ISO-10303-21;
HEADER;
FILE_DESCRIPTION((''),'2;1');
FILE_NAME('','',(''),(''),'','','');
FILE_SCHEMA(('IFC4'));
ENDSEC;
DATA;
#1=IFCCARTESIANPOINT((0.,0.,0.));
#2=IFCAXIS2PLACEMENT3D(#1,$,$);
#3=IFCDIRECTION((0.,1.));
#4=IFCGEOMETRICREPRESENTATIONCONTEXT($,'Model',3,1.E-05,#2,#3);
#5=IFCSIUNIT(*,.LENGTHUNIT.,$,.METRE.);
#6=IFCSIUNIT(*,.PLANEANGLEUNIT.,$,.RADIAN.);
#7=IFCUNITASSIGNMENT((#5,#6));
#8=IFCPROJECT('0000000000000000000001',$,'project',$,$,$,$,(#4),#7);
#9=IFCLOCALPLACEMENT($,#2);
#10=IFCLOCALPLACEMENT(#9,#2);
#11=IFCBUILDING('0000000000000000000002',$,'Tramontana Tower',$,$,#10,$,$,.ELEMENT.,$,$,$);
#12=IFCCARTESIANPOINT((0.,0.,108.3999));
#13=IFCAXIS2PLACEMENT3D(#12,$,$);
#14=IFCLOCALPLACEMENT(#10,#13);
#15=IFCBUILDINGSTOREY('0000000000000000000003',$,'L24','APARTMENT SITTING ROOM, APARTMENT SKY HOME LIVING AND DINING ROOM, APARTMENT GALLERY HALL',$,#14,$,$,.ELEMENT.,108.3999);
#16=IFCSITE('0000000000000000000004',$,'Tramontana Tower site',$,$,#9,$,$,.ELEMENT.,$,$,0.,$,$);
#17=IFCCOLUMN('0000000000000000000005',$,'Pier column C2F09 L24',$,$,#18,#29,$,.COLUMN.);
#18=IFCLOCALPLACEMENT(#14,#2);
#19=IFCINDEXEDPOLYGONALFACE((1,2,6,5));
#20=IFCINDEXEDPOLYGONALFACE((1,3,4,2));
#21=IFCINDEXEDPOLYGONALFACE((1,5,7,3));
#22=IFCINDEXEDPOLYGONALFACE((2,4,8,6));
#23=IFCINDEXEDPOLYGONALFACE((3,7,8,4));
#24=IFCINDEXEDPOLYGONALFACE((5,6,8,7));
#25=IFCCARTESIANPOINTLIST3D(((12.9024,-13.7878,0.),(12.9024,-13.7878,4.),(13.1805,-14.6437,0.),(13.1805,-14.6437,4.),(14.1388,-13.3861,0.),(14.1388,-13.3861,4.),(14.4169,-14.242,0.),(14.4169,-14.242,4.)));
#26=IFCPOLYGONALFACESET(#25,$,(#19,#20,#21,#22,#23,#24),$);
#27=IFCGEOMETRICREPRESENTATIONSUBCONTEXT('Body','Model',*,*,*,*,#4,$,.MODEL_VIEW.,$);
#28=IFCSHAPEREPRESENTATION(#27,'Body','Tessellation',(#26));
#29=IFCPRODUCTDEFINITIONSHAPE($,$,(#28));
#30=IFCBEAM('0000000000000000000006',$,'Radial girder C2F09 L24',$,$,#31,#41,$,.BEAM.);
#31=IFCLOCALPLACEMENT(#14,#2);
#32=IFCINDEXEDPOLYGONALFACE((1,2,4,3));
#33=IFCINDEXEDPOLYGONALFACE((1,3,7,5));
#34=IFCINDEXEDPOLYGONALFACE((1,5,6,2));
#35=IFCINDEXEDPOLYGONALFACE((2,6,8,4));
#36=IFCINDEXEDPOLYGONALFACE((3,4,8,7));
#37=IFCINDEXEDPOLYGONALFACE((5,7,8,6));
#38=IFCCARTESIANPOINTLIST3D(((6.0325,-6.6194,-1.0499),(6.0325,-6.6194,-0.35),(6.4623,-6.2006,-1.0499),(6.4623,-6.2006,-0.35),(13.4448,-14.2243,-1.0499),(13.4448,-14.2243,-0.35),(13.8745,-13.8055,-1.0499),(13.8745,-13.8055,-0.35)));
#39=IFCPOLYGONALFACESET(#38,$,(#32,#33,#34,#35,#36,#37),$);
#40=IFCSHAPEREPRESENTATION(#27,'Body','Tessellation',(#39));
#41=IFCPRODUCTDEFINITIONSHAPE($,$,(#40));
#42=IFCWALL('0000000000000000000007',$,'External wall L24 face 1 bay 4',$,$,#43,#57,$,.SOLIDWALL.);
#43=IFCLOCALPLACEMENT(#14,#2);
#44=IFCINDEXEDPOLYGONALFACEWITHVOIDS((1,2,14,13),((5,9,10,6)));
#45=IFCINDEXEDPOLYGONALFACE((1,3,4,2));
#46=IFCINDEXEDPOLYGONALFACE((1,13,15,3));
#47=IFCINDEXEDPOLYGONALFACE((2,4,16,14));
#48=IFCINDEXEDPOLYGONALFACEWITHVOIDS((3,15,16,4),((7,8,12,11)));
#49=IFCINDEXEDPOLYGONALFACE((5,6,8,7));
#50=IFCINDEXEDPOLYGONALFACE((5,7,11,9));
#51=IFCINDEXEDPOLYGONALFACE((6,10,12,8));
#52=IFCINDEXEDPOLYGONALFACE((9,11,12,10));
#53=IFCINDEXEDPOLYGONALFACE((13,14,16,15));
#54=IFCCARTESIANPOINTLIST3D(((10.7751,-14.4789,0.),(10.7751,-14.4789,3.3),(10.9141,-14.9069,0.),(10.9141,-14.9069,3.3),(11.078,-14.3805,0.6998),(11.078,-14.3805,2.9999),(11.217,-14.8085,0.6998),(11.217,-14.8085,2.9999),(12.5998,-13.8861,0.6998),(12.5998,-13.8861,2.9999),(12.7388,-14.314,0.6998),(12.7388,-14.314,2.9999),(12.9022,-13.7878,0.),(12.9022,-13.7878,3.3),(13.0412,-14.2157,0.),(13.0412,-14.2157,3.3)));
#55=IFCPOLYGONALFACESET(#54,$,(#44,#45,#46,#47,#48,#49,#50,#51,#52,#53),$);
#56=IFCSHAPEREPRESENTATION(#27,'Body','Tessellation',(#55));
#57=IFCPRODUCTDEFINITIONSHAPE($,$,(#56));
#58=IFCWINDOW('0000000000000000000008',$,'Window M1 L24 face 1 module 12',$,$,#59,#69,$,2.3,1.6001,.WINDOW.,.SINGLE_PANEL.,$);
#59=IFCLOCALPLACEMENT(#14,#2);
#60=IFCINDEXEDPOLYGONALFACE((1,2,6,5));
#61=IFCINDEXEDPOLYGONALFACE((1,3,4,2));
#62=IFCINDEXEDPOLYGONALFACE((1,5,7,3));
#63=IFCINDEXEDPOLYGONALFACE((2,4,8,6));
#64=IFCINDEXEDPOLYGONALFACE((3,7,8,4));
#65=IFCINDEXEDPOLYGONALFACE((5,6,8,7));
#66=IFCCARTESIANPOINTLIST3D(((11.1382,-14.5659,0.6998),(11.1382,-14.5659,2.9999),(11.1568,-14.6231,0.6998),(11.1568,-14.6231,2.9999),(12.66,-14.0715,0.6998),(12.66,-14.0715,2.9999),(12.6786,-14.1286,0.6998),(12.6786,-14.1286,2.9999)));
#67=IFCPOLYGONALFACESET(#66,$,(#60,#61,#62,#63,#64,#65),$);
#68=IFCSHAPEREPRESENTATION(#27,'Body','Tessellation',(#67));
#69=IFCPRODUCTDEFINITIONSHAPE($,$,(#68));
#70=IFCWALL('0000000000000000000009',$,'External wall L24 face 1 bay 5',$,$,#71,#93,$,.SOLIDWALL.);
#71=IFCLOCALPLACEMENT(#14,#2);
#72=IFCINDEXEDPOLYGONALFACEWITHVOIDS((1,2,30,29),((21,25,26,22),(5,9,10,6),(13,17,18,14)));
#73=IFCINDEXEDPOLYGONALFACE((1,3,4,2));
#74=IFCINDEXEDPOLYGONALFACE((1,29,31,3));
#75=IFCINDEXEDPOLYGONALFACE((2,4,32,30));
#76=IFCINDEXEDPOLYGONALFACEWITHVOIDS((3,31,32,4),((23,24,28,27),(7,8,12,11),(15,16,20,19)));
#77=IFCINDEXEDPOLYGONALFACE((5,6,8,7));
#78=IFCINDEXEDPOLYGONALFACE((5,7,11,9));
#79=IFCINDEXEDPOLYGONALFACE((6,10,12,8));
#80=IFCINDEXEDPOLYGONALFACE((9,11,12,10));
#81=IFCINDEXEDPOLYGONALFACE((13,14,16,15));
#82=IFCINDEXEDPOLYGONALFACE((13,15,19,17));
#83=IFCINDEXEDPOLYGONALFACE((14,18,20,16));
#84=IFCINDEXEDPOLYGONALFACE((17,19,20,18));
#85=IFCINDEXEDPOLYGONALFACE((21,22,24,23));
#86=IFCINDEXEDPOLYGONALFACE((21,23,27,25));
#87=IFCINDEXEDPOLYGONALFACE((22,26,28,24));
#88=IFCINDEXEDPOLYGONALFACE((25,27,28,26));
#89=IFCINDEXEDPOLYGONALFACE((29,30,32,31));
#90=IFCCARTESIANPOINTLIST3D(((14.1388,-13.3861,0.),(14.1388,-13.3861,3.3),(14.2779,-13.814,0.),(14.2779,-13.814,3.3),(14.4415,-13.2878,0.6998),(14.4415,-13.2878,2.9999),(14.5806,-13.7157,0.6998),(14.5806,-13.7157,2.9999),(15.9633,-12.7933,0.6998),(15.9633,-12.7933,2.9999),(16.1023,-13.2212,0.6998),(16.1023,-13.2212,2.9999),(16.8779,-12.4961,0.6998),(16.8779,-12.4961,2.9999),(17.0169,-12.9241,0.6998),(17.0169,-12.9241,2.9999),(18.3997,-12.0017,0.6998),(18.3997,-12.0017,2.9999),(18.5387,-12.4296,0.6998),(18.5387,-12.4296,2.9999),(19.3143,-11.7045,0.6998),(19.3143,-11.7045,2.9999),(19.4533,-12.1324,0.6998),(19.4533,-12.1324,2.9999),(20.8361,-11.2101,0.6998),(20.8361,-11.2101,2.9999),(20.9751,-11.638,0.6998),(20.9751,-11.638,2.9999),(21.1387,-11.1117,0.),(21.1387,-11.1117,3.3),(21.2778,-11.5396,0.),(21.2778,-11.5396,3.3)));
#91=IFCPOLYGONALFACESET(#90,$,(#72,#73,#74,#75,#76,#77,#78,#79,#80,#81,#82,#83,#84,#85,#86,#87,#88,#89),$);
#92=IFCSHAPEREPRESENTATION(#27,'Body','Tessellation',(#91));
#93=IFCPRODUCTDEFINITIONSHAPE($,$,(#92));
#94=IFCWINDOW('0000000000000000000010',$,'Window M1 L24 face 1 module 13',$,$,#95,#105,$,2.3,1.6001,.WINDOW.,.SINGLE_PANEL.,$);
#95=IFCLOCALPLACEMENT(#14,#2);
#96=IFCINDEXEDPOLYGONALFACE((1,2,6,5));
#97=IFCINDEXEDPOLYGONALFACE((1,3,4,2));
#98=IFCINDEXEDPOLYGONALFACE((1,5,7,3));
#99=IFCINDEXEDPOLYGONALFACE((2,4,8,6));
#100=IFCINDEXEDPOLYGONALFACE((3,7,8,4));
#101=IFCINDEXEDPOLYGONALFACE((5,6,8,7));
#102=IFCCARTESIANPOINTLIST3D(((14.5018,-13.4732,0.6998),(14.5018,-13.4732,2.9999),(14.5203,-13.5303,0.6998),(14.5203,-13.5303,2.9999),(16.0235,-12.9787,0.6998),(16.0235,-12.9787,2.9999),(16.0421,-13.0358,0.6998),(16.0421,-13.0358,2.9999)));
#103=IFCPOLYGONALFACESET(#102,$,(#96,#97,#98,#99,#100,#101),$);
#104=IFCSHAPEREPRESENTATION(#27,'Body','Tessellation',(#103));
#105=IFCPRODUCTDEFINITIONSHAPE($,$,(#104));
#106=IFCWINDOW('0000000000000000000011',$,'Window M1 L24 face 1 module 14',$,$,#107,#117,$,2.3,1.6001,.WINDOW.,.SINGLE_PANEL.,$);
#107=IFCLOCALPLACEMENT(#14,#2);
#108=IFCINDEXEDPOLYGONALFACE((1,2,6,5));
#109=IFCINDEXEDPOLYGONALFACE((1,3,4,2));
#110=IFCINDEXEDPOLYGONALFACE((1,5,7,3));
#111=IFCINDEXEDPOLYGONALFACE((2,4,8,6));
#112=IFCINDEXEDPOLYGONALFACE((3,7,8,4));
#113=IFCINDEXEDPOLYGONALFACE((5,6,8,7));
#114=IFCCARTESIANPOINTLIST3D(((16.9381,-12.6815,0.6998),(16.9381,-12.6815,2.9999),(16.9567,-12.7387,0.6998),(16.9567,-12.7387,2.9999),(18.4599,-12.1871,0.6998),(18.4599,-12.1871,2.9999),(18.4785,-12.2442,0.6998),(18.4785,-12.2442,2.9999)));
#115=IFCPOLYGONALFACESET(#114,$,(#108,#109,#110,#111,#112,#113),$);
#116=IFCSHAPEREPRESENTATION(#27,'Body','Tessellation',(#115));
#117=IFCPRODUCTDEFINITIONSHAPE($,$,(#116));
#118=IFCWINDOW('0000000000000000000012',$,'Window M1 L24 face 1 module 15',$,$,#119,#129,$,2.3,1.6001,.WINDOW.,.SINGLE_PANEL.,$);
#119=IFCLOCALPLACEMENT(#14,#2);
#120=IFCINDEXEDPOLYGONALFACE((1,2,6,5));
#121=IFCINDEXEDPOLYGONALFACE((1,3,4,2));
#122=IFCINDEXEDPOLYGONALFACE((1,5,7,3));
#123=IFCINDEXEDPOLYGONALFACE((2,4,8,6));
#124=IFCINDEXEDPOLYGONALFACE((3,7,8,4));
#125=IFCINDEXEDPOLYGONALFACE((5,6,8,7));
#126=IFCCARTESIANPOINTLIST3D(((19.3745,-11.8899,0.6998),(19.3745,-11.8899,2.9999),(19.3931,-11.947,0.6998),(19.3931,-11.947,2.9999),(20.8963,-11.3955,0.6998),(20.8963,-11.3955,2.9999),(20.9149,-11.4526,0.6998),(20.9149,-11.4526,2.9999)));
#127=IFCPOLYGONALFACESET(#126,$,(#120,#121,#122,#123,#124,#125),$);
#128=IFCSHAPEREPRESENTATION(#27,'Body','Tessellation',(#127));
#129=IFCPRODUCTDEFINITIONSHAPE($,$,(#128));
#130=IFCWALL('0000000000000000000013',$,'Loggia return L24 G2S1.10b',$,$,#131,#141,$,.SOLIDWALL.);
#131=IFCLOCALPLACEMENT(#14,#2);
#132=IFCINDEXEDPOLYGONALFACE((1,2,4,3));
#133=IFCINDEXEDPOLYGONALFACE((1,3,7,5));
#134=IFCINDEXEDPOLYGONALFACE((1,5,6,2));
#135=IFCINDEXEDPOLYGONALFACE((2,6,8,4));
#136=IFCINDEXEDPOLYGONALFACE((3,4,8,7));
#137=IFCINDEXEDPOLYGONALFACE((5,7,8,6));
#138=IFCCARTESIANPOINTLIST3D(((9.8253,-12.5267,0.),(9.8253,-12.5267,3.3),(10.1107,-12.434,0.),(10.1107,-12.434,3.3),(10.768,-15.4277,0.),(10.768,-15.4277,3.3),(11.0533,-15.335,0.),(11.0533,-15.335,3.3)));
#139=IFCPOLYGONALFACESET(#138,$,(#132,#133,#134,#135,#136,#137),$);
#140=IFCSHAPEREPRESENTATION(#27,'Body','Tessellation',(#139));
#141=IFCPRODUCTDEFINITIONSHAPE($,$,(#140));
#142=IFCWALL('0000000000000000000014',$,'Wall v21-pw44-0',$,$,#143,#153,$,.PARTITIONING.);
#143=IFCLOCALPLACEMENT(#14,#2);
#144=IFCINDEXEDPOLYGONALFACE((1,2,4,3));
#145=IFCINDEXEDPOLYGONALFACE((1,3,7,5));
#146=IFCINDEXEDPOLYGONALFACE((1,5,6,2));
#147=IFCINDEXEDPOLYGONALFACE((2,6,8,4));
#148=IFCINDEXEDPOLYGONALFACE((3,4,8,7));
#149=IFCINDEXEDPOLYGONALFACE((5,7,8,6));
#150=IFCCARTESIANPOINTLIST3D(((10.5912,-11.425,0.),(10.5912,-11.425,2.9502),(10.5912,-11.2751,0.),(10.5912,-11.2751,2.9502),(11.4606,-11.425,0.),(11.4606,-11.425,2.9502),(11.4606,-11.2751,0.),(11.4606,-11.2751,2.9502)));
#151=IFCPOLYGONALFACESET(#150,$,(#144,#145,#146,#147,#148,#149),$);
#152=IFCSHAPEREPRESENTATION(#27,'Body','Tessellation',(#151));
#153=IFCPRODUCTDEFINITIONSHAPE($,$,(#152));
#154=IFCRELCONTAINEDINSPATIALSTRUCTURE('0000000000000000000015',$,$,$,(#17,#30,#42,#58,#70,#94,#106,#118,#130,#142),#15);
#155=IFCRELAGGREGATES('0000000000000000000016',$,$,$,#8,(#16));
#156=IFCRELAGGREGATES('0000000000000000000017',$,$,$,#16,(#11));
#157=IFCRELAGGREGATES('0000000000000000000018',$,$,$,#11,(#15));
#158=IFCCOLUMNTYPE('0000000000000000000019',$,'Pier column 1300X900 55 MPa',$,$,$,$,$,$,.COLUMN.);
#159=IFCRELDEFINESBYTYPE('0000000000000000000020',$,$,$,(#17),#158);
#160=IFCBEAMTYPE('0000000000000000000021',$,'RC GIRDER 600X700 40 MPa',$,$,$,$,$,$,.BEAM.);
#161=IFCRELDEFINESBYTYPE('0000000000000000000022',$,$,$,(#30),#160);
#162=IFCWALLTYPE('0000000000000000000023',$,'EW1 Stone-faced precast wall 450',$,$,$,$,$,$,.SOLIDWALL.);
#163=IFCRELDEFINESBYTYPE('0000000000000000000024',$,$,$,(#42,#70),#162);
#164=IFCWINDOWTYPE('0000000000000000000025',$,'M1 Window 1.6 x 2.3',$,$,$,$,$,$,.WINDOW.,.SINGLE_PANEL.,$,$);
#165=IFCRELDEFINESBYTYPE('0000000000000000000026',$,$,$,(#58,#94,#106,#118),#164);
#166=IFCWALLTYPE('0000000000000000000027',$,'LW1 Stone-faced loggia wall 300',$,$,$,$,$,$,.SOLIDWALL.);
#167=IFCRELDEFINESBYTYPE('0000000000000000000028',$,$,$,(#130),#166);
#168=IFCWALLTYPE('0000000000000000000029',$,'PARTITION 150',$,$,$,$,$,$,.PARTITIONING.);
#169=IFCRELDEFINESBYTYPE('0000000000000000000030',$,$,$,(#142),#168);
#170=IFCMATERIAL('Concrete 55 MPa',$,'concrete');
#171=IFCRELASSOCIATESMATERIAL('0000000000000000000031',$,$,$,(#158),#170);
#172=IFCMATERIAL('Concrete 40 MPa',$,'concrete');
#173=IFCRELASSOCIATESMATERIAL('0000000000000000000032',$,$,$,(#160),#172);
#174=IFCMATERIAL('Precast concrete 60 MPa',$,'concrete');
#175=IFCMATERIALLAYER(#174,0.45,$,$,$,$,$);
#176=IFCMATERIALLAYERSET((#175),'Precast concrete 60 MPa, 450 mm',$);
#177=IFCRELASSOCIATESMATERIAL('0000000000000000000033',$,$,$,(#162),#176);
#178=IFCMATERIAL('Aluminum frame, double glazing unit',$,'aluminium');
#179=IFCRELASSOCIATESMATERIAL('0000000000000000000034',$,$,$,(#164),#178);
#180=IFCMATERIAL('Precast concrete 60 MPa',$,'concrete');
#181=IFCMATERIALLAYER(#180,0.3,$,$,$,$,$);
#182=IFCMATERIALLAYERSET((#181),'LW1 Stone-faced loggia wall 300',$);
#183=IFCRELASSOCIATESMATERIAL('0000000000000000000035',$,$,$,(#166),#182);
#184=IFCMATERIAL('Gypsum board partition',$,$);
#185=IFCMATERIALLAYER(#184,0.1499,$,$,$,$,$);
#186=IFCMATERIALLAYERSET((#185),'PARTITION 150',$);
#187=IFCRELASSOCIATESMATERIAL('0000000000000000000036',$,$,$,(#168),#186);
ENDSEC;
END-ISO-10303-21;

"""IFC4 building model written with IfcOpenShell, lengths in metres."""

from ifc_helpers import new_model, si_unit, direction, frame, frame_2d, origin, origin_2d, place, context, subcontext, project, spatial, rectangle, extrude, material, layer, layer_set, material_profile, profile_set, type_object, element, fill, save


model = new_model("IFC4")

# Units and contexts
model_context = context("Model", 3, precision=1e-05, world=origin(), true_north=direction((0.0, 1.0)))
body_context = subcontext(model_context, "Body", "Model", "MODEL_VIEW")
ifc_project = project(units=[si_unit("LENGTHUNIT", "METRE"), si_unit("PLANEANGLEUNIT", "RADIAN")], contexts=[model_context])

# Site, building, storey
site_placement = place(None, origin())
site = spatial("IfcSite", under=ifc_project, at=site_placement, Name="Tramontana Tower site", CompositionType="ELEMENT", RefElevation=0.0)
building_placement = place(site_placement, origin())
building = spatial("IfcBuilding", under=site, at=building_placement, Name="Tramontana Tower", CompositionType="ELEMENT")
storey_placement = place(building_placement, frame((0.0, 0.0, 108.3999)))
storey = spatial("IfcBuildingStorey", under=building, at=storey_placement, Name="L24", Description="APARTMENT SITTING ROOM, APARTMENT SKY HOME LIVING AND DINING ROOM, APARTMENT GALLERY HALL", CompositionType="ELEMENT", Elevation=108.3999)

# Column
ifc_material_1 = material(Name="Concrete 55 MPa", Category="concrete")
ifc_material_profile_1 = material_profile(ifc_material_1, rectangle(XDim=1.3, YDim=0.8999, at=origin_2d()), Name="Pier column 1300X900 55 MPa")
ifc_profile_set_1 = profile_set([ifc_material_profile_1], Name="Concrete 55 MPa")
column_type = type_object("IfcColumnType", Name="Pier column 1300X900 55 MPa", PredefinedType="COLUMN", material=ifc_profile_set_1)
column_placement = place(storey_placement, frame((13.6597, -14.0149, 0.0), z_axis=(0.0, 0.0, 1.0), x_axis=(0.951057, 0.309017, 0.0)))
element("IfcColumn", 1, at=column_placement, inside=storey, type_object=column_type, Name="Pier column C2F09 L24", PredefinedType="COLUMN", context=body_context, shape_type="SweptSolid", body=[
    extrude(rectangle(XDim=1.3, YDim=0.8999, at=origin_2d()), origin(), (0.0, 0.0, 1.0), 4.0),
])

# Beam
ifc_material_2 = material(Name="Concrete 40 MPa", Category="concrete")
ifc_material_profile_2 = material_profile(ifc_material_2, rectangle(XDim=0.6001, YDim=0.7, at=origin_2d()), Name="RC GIRDER 600X700 40 MPa")
ifc_profile_set_2 = profile_set([ifc_material_profile_2], Name="Concrete 40 MPa")
beam_type = type_object("IfcBeamType", Name="RC GIRDER 600X700 40 MPa", PredefinedType="BEAM", material=ifc_profile_set_2)
beam_placement = place(storey_placement, frame((13.6597, -14.0149, -0.7), z_axis=(-0.697979, 0.716118, 0.0), x_axis=(-0.716118, -0.697979, 0.0)))
element("IfcBeam", 2, at=beam_placement, inside=storey, type_object=beam_type, Name="Radial girder C2F09 L24", PredefinedType="BEAM", context=body_context, shape_type="SweptSolid", body=[
    extrude(rectangle(XDim=0.6001, YDim=0.7, at=origin_2d()), origin(), (0.0, 0.0, 1.0), 10.6196),
])

# Wall, opening, window
ifc_material_3 = material(Name="Precast concrete 60 MPa", Category="concrete")
ifc_layer_1 = layer(ifc_material_3, 0.45)
ifc_layer_set_1 = layer_set([ifc_layer_1], Name="Precast concrete 60 MPa, 450 mm")
wall_type_1 = type_object("IfcWallType", Name="EW1 Stone-faced precast wall 450", PredefinedType="SOLIDWALL", material=ifc_layer_set_1)
wall_1_placement = place(storey_placement, frame((10.8447, -14.6929, 0.0), z_axis=(0.0, 0.0, 1.0), x_axis=(0.951057, 0.309014, 0.0)))
wall_1 = element("IfcWall", 3, at=wall_1_placement, inside=storey, type_object=wall_type_1, Name="External wall L24 face 1 bay 4", PredefinedType="SOLIDWALL", context=body_context, shape_type="SweptSolid", body=[
    extrude(rectangle(XDim=2.2366, YDim=0.45, at=frame_2d((1.1182, 0.0))), origin(), (0.0, 0.0, 1.0), 3.3),
])
opening_1_placement = place(wall_1_placement, frame((0.3184, 0.0, 0.7)))
opening_1 = element("IfcOpeningElement", 4, at=opening_1_placement, cuts=wall_1, PredefinedType="OPENING", context=body_context, shape_type="SweptSolid", body=[
    extrude(rectangle(XDim=1.6001, YDim=2.3, at=frame_2d((0.8, 1.1499))), frame((0.0, 0.2349, 0.0), z_axis=(0.0, -1.0, 0.0), x_axis=(1.0, 0.0, 0.0)), (0.0, 0.0, 1.0), 0.47),
])
ifc_material_4 = material(Name="Aluminum frame, double glazing unit", Category="aluminium")
window_type = type_object("IfcWindowType", Name="M1 Window 1.6 x 2.3", PartitioningType="SINGLE_PANEL", PredefinedType="WINDOW", material=ifc_material_4)
window_1_placement = place(opening_1_placement, origin())
window_1 = element("IfcWindow", 5, at=window_1_placement, inside=storey, type_object=window_type, Name="Window M1 L24 face 1 module 12", OverallHeight=2.3, OverallWidth=1.6001, PartitioningType="SINGLE_PANEL", PredefinedType="WINDOW", context=body_context, shape_type="SweptSolid", body=[
    extrude(rectangle(XDim=1.6001, YDim=2.3, at=frame_2d((0.8, 1.1499))), frame((0.0, 0.03, 0.0), z_axis=(0.0, -1.0, 0.0), x_axis=(1.0, 0.0, 0.0)), (0.0, 0.0, 1.0), 0.0601),
])
fill(opening_1, window_1)

# Wall, openings, windows
wall_2_placement = place(storey_placement, frame((14.2083, -13.6001, 0.0), z_axis=(0.0, 0.0, 1.0), x_axis=(0.951057, 0.309014, 0.0)))
wall_2 = element("IfcWall", 6, at=wall_2_placement, inside=storey, type_object=wall_type_1, Name="External wall L24 face 1 bay 5", PredefinedType="SOLIDWALL", context=body_context, shape_type="SweptSolid", body=[
    extrude(rectangle(XDim=7.3601, YDim=0.45, at=frame_2d((3.6802, 0.0))), origin(), (0.0, 0.0, 1.0), 3.3),
])
opening_2_placement = place(wall_2_placement, frame((0.3184, 0.0, 0.7)))
opening_2 = element("IfcOpeningElement", 7, at=opening_2_placement, cuts=wall_2, PredefinedType="OPENING", context=body_context, shape_type="SweptSolid", body=[
    extrude(rectangle(XDim=1.6001, YDim=2.3, at=frame_2d((0.8, 1.1499))), frame((0.0, 0.2349, 0.0), z_axis=(0.0, -1.0, 0.0), x_axis=(1.0, 0.0, 0.0)), (0.0, 0.0, 1.0), 0.47),
])
opening_3_placement = place(wall_2_placement, frame((2.8801, 0.0, 0.7)))
opening_3 = element("IfcOpeningElement", 8, at=opening_3_placement, cuts=wall_2, PredefinedType="OPENING", context=body_context, shape_type="SweptSolid", body=[
    extrude(rectangle(XDim=1.6001, YDim=2.3, at=frame_2d((0.8, 1.1499))), frame((0.0, 0.2349, 0.0), z_axis=(0.0, -1.0, 0.0), x_axis=(1.0, 0.0, 0.0)), (0.0, 0.0, 1.0), 0.47),
])
opening_4_placement = place(wall_2_placement, frame((5.4419, 0.0, 0.7)))
opening_4 = element("IfcOpeningElement", 9, at=opening_4_placement, cuts=wall_2, PredefinedType="OPENING", context=body_context, shape_type="SweptSolid", body=[
    extrude(rectangle(XDim=1.6001, YDim=2.3, at=frame_2d((0.8, 1.1499))), frame((0.0, 0.2349, 0.0), z_axis=(0.0, -1.0, 0.0), x_axis=(1.0, 0.0, 0.0)), (0.0, 0.0, 1.0), 0.47),
])
window_2_placement = place(opening_2_placement, origin())
window_2 = element("IfcWindow", 10, at=window_2_placement, inside=storey, type_object=window_type, Name="Window M1 L24 face 1 module 13", OverallHeight=2.3, OverallWidth=1.6001, PartitioningType="SINGLE_PANEL", PredefinedType="WINDOW", context=body_context, shape_type="SweptSolid", body=[
    extrude(rectangle(XDim=1.6001, YDim=2.3, at=frame_2d((0.8, 1.1499))), frame((0.0, 0.03, 0.0), z_axis=(0.0, -1.0, 0.0), x_axis=(1.0, 0.0, 0.0)), (0.0, 0.0, 1.0), 0.0601),
])
fill(opening_2, window_2)
window_3_placement = place(opening_3_placement, origin())
window_3 = element("IfcWindow", 11, at=window_3_placement, inside=storey, type_object=window_type, Name="Window M1 L24 face 1 module 14", OverallHeight=2.3, OverallWidth=1.6001, PartitioningType="SINGLE_PANEL", PredefinedType="WINDOW", context=body_context, shape_type="SweptSolid", body=[
    extrude(rectangle(XDim=1.6001, YDim=2.3, at=frame_2d((0.8, 1.1499))), frame((0.0, 0.03, 0.0), z_axis=(0.0, -1.0, 0.0), x_axis=(1.0, 0.0, 0.0)), (0.0, 0.0, 1.0), 0.0601),
])
fill(opening_3, window_3)
window_4_placement = place(opening_4_placement, origin())
window_4 = element("IfcWindow", 12, at=window_4_placement, inside=storey, type_object=window_type, Name="Window M1 L24 face 1 module 15", OverallHeight=2.3, OverallWidth=1.6001, PartitioningType="SINGLE_PANEL", PredefinedType="WINDOW", context=body_context, shape_type="SweptSolid", body=[
    extrude(rectangle(XDim=1.6001, YDim=2.3, at=frame_2d((0.8, 1.1499))), frame((0.0, 0.03, 0.0), z_axis=(0.0, -1.0, 0.0), x_axis=(1.0, 0.0, 0.0)), (0.0, 0.0, 1.0), 0.0601),
])
fill(opening_4, window_4)

# Walls
ifc_material_5 = material(Name="Precast concrete 60 MPa", Category="concrete")
ifc_layer_2 = layer(ifc_material_5, 0.3)
ifc_layer_set_2 = layer_set([ifc_layer_2], Name="LW1 Stone-faced loggia wall 300")
wall_type_2 = type_object("IfcWallType", Name="LW1 Stone-faced loggia wall 300", PredefinedType="SOLIDWALL", material=ifc_layer_set_2)
wall_3_placement = place(storey_placement, frame((10.9106, -15.3813, 0.0), z_axis=(0.0, 0.0, 1.0), x_axis=(-0.309039, 0.951049, 0.0)))
element("IfcWall", 13, at=wall_3_placement, inside=storey, type_object=wall_type_2, Name="Loggia return L24 G2S1.10b", PredefinedType="SOLIDWALL", context=body_context, shape_type="SweptSolid", body=[
    extrude(rectangle(XDim=3.0503, YDim=0.3, at=frame_2d((1.5251, 0.0))), origin(), (0.0, 0.0, 1.0), 3.3),
])
ifc_material_6 = material(Name="Gypsum board partition")
ifc_layer_3 = layer(ifc_material_6, 0.1499)
ifc_layer_set_3 = layer_set([ifc_layer_3], Name="PARTITION 150")
wall_type_3 = type_object("IfcWallType", Name="PARTITION 150", PredefinedType="PARTITIONING", material=ifc_layer_set_3)
wall_4_placement = place(storey_placement, frame((11.4604, -11.3501, 0.0), z_axis=(0.0, 0.0, 1.0), x_axis=(-1.0, 0.0, 0.0)))
element("IfcWall", 14, at=wall_4_placement, inside=storey, type_object=wall_type_3, Name="Wall v21-pw44-0", PredefinedType="PARTITIONING", context=body_context, shape_type="SweptSolid", body=[
    extrude(rectangle(XDim=0.8694, YDim=0.1499, at=frame_2d((0.4346, 0.0))), origin(), (0.0, 0.0, 1.0), 2.9502),
])

save(model, "model.ifc")
